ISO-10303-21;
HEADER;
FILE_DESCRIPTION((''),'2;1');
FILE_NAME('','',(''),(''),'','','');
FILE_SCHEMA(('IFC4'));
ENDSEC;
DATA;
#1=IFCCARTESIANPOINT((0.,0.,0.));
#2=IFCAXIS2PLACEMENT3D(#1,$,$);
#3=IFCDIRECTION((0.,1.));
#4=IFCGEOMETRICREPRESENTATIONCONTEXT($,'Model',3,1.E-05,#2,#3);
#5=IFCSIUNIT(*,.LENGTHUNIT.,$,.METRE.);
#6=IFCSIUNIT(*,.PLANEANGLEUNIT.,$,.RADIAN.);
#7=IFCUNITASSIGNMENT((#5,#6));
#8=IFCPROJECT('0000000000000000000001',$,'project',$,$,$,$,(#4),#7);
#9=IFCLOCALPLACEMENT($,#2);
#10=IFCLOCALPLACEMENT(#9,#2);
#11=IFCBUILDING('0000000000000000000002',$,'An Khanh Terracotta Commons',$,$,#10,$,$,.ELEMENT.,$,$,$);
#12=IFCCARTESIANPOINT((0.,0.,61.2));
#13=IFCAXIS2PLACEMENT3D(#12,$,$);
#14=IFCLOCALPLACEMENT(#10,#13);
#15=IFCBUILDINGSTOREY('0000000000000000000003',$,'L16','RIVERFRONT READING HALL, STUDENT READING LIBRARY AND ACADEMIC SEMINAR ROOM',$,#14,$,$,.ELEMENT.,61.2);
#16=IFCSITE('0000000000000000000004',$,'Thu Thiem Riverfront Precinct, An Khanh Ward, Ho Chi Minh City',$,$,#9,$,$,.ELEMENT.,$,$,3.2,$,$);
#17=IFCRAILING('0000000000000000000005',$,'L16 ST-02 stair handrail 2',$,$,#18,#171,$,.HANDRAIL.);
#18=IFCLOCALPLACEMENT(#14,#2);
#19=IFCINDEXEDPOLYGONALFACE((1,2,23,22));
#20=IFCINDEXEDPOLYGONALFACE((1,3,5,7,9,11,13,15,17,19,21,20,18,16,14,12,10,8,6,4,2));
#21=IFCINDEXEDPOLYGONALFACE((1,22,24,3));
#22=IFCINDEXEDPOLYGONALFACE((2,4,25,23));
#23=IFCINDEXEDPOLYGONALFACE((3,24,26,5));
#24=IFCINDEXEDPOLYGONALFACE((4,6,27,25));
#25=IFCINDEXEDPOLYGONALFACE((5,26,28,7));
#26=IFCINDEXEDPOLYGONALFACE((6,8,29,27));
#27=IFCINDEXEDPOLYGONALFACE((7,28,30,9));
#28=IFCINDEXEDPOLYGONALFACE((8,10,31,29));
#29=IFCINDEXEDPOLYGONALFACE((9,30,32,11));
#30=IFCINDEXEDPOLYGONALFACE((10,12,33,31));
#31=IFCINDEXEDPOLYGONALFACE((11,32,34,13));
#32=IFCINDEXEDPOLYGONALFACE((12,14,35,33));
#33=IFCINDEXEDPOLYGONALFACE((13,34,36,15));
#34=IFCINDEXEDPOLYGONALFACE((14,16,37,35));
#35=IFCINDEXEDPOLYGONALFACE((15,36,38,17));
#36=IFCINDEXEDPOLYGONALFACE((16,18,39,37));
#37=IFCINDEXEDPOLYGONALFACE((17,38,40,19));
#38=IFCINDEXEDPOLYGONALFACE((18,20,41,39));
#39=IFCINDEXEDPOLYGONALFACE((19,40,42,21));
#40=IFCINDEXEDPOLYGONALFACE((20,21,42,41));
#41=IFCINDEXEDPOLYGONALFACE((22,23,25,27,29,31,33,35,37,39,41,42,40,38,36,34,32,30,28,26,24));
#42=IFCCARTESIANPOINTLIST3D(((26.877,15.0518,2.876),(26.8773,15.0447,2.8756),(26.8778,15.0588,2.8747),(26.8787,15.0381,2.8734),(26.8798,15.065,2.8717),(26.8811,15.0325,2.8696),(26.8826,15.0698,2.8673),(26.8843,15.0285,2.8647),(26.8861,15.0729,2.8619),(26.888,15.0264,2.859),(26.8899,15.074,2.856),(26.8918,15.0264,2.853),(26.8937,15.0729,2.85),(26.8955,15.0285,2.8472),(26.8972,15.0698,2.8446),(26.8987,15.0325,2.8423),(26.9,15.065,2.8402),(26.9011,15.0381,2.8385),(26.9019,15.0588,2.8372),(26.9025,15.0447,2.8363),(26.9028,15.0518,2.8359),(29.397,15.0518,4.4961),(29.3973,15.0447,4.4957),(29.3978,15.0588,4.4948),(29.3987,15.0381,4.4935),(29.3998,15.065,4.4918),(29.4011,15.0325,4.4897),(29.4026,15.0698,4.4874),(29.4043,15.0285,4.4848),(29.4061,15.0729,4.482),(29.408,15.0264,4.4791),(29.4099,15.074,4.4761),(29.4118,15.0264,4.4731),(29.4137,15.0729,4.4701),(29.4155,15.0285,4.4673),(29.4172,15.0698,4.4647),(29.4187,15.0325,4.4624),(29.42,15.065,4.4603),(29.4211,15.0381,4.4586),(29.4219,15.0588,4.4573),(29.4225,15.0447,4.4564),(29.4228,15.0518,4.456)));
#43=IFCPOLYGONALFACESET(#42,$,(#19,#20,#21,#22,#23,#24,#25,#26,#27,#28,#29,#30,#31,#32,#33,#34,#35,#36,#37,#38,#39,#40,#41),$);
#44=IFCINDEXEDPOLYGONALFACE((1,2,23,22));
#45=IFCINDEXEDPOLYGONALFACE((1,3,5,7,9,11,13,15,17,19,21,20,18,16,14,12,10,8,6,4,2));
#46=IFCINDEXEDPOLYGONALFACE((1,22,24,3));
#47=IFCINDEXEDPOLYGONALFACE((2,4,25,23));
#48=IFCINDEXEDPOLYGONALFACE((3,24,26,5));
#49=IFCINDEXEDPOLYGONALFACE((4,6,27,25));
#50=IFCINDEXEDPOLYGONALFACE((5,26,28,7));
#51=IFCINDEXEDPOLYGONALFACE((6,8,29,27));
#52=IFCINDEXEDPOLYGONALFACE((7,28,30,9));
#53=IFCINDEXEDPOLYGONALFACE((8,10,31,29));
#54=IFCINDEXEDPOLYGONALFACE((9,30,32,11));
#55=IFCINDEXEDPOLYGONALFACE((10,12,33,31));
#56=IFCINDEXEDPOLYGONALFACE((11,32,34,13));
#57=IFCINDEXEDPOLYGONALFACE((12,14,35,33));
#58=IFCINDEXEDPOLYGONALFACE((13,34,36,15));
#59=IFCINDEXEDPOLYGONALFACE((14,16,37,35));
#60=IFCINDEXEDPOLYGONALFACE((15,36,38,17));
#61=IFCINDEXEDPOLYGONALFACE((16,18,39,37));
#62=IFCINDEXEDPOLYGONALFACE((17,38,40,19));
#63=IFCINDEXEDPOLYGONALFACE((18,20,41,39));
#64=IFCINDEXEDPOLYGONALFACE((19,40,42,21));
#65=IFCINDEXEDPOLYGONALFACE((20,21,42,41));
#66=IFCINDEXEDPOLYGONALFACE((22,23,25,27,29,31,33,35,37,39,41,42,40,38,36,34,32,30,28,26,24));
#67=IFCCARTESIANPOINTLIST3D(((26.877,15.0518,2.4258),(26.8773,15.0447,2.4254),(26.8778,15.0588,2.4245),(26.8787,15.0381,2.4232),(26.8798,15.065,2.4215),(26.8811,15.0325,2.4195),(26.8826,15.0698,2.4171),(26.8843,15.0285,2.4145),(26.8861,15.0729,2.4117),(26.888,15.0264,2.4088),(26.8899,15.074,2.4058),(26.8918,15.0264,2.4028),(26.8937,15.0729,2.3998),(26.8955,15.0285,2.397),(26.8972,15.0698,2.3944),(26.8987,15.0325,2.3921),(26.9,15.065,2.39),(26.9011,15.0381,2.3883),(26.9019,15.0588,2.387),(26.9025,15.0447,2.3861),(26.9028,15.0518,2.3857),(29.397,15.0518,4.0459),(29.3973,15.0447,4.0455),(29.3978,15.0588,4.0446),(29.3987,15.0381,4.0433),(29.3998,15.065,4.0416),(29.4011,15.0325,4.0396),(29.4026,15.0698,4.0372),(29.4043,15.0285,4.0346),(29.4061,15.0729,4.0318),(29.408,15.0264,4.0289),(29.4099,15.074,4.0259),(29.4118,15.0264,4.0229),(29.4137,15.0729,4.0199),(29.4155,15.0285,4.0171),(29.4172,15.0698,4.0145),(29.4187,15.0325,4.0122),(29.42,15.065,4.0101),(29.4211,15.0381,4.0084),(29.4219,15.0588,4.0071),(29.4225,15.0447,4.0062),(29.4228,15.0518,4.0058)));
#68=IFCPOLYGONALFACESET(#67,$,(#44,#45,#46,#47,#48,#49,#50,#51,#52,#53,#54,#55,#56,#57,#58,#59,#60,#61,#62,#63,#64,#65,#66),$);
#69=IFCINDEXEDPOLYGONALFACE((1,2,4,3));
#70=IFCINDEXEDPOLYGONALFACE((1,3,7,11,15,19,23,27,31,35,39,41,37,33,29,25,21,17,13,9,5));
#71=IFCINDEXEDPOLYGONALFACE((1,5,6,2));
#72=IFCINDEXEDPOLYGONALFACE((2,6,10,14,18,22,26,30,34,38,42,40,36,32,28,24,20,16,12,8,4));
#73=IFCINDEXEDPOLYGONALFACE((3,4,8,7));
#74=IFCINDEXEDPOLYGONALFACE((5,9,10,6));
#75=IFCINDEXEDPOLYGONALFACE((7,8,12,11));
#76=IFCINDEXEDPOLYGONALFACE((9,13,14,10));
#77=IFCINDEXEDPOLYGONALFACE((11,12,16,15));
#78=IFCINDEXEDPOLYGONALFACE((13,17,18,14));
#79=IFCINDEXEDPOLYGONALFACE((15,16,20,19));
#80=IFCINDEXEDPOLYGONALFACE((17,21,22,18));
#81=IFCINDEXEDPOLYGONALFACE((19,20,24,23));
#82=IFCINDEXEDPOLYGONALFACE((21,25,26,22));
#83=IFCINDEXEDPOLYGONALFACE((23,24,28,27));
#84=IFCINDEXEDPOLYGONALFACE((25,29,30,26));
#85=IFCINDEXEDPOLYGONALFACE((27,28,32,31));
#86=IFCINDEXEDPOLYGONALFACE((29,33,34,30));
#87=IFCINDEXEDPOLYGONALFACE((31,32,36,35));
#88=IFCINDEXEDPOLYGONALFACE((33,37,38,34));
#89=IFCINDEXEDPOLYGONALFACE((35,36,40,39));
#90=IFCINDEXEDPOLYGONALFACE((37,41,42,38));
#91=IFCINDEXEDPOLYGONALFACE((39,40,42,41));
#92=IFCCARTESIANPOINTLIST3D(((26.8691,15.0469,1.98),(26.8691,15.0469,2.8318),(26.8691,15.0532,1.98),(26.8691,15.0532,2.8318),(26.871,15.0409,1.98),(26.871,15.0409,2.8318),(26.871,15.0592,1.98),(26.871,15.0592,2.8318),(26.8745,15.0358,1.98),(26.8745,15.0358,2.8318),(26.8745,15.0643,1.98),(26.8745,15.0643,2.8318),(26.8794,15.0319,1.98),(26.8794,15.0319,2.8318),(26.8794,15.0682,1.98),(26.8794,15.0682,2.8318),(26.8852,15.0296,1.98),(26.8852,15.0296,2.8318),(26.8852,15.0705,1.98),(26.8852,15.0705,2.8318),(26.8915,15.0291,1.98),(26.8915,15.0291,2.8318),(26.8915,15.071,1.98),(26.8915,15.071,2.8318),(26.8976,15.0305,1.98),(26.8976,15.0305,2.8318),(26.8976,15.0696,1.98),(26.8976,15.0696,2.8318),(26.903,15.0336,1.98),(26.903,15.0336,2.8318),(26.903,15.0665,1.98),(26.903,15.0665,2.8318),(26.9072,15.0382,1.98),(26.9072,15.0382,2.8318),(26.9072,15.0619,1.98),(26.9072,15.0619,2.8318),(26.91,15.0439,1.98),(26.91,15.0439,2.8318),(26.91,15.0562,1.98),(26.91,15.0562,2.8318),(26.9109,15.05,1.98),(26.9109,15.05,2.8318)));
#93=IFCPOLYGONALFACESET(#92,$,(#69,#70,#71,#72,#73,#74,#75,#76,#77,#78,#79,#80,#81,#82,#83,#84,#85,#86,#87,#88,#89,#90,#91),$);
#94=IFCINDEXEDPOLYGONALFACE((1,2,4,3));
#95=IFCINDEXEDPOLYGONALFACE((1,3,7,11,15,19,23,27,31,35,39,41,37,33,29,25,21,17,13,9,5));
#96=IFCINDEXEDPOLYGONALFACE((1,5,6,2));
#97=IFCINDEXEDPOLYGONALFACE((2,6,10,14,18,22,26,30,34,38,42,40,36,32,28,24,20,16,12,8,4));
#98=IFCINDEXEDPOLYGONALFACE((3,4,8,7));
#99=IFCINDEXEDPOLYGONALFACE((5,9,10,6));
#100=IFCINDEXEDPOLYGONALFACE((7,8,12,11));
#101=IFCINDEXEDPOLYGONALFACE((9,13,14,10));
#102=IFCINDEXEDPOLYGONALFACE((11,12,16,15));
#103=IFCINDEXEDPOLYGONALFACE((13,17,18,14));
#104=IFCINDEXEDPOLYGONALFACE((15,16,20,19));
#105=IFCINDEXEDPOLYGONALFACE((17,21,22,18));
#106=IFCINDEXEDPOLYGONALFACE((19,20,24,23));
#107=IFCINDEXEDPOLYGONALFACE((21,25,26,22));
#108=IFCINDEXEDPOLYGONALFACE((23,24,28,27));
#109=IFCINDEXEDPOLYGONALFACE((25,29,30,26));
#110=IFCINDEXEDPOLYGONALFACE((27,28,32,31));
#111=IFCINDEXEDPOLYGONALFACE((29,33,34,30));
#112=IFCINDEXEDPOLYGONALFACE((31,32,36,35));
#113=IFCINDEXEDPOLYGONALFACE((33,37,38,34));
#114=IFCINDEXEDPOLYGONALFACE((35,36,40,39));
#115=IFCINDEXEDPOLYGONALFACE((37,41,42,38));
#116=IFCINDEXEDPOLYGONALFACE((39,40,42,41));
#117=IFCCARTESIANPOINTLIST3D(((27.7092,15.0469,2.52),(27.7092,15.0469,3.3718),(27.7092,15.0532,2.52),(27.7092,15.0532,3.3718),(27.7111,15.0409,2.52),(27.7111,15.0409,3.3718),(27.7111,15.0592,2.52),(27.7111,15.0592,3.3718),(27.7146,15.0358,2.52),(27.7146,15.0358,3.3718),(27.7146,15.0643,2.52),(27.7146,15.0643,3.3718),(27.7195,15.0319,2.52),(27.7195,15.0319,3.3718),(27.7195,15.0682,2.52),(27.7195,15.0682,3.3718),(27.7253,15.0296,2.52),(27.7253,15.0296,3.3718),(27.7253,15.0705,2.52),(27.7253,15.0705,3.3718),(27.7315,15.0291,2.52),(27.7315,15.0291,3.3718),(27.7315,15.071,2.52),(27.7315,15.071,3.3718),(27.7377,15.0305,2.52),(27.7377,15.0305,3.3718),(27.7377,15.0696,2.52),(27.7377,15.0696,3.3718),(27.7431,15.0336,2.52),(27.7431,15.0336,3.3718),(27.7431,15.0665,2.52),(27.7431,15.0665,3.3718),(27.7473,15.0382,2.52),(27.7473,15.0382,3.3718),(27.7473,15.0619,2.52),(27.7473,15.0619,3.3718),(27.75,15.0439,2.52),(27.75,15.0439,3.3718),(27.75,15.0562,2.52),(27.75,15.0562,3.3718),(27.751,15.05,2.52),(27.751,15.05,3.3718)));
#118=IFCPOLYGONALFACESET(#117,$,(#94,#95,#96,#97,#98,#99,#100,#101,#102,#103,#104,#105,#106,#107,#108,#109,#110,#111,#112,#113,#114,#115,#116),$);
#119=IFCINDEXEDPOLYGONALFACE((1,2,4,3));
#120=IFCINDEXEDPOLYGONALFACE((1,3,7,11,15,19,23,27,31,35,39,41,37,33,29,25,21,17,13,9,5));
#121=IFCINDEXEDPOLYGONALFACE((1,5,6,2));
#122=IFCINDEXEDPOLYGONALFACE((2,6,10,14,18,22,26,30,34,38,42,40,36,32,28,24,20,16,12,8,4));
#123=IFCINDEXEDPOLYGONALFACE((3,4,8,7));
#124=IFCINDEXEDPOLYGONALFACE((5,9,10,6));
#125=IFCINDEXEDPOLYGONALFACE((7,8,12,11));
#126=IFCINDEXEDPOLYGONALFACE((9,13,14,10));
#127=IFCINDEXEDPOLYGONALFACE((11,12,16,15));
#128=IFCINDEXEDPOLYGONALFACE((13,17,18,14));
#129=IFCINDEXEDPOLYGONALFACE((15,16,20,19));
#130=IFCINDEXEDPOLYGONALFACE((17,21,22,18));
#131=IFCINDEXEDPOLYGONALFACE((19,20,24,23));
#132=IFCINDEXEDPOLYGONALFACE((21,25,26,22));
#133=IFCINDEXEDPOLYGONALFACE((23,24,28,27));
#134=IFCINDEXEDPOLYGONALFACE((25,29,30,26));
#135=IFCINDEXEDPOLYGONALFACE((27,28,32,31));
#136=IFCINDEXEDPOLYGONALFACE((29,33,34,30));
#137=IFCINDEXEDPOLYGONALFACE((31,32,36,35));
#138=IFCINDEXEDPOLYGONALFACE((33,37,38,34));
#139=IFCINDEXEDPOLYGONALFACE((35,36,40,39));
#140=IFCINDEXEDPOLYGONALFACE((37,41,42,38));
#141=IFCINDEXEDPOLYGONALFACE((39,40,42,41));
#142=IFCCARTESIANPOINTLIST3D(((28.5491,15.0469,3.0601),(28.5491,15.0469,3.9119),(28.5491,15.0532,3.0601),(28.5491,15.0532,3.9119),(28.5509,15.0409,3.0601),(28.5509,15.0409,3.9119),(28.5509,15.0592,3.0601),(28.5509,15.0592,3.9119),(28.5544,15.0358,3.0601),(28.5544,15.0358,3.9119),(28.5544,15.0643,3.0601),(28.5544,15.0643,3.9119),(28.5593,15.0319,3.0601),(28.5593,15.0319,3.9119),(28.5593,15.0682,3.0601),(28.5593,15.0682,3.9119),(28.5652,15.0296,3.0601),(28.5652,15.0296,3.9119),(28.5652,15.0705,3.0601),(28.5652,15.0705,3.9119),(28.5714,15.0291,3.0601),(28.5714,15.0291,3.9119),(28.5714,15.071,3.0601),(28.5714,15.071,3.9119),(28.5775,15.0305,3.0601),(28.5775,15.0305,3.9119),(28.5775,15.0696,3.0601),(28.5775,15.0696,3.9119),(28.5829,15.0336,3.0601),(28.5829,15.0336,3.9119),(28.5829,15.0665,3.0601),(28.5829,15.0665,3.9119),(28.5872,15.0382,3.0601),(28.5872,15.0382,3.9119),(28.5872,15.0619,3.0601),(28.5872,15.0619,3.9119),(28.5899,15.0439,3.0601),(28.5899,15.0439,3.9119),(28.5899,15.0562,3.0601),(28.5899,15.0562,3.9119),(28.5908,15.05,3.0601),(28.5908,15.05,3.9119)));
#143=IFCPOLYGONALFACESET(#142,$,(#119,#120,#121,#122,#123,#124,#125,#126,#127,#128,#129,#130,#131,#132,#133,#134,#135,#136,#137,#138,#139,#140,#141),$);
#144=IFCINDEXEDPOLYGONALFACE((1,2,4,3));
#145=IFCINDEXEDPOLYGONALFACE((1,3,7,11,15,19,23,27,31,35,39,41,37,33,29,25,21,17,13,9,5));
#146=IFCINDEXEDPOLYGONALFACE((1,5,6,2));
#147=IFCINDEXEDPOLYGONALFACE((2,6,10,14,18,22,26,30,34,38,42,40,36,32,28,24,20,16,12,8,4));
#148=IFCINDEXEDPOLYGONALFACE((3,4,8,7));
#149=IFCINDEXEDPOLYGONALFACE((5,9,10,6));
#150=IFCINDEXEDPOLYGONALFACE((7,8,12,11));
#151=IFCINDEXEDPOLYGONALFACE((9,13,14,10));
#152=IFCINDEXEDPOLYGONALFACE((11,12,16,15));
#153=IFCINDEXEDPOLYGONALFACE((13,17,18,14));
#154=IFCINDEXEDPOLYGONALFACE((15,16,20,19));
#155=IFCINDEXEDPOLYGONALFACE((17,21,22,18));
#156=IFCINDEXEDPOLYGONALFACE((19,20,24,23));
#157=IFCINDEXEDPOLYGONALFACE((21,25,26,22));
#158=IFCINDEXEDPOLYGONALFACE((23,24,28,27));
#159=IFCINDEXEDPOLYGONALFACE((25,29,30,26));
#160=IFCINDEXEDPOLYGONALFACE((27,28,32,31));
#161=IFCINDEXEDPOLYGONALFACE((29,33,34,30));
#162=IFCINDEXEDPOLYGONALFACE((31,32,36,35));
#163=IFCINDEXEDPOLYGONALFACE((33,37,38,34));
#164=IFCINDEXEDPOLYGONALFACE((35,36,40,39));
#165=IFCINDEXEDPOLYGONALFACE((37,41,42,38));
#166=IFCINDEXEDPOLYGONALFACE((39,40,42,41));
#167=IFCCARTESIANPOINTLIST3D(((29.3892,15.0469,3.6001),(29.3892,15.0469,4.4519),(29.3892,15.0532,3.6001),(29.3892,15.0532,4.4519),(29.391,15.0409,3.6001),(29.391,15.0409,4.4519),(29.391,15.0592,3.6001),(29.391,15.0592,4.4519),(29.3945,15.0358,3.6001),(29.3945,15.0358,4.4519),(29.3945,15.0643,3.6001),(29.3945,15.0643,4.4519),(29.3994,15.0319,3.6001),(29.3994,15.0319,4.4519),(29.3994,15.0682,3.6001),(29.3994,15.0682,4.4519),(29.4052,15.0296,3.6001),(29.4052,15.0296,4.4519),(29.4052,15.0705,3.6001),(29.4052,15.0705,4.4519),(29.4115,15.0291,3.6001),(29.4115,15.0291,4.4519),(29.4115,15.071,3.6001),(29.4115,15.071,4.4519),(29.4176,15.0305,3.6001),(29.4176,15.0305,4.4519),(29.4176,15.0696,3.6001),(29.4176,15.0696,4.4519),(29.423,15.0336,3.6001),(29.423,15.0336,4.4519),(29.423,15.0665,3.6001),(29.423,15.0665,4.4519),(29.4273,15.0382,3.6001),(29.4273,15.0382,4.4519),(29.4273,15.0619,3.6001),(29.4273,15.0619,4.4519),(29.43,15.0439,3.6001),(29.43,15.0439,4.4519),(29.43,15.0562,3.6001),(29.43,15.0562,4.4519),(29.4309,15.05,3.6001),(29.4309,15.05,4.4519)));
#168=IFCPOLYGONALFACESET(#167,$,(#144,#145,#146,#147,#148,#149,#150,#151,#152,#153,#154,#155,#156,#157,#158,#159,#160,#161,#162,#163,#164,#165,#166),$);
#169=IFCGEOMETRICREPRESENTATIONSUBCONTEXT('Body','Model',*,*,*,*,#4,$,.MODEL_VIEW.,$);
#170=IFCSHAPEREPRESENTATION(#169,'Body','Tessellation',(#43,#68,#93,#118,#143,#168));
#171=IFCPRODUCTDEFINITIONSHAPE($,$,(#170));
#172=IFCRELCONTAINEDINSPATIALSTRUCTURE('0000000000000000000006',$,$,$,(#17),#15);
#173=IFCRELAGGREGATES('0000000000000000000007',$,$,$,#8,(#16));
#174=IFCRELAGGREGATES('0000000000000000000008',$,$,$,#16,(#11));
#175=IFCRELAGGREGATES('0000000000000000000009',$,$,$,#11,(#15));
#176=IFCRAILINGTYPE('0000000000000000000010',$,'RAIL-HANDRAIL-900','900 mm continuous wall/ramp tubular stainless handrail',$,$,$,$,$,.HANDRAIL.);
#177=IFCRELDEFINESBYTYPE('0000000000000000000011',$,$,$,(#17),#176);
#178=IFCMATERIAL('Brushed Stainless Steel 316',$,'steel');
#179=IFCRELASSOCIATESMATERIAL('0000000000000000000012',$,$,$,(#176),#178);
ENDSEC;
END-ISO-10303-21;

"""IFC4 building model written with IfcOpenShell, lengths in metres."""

from ifc_helpers import new_model, si_unit, direction, frame, origin, origin_2d, place, context, subcontext, project, spatial, circle, extrude, material, type_object, element, save


model = new_model("IFC4")

# Units and contexts
model_context = context("Model", 3, precision=1e-05, world=origin(), true_north=direction((0.0, 1.0)))
body_context = subcontext(model_context, "Body", "Model", "MODEL_VIEW")
ifc_project = project(units=[si_unit("LENGTHUNIT", "METRE"), si_unit("PLANEANGLEUNIT", "RADIAN")], contexts=[model_context])

# Site, building, storey
site_placement = place(None, origin())
site = spatial("IfcSite", under=ifc_project, at=site_placement, Name="Thu Thiem Riverfront Precinct, An Khanh Ward, Ho Chi Minh City", CompositionType="ELEMENT", RefElevation=3.2)
building_placement = place(site_placement, origin())
building = spatial("IfcBuilding", under=site, at=building_placement, Name="An Khanh Terracotta Commons", CompositionType="ELEMENT")
storey_placement = place(building_placement, frame((0.0, 0.0, 61.2)))
storey = spatial("IfcBuildingStorey", under=building, at=storey_placement, Name="L16", Description="RIVERFRONT READING HALL, STUDENT READING LIBRARY AND ACADEMIC SEMINAR ROOM", CompositionType="ELEMENT", Elevation=61.2)

# Railing
ifc_material_1 = material(Name="Brushed Stainless Steel 316", Category="steel")
railing_type_1 = type_object("IfcRailingType", Name="RAIL-HANDRAIL-900", Description="900 mm continuous wall/ramp tubular stainless handrail", PredefinedType="HANDRAIL", material=ifc_material_1)
railing_1_placement = place(storey_placement, frame((26.8899, 15.05, 1.98)))
element("IfcRailing", 1, at=railing_1_placement, inside=storey, type_object=railing_type_1, Name="L16 ST-02 stair handrail 2", PredefinedType="HANDRAIL", context=body_context, shape_type="SweptSolid", body=[
    extrude(circle(Radius=0.0239, at=origin_2d()), frame((0.0, 0.0, 0.876), z_axis=(0.841163, 0.0, 0.540782), x_axis=(0.0, 1.0, 0.0)), (0.0, 0.0, 1.0), 2.9958),
    extrude(circle(Radius=0.0239, at=origin_2d()), frame((0.0, 0.0, 0.4258), z_axis=(0.841163, 0.0, 0.540782), x_axis=(0.0, 1.0, 0.0)), (0.0, 0.0, 1.0), 2.9958),
    extrude(circle(Radius=0.021, at=origin_2d()), origin(), (0.0, 0.0, 1.0), 0.8518),
    extrude(circle(Radius=0.021, at=origin_2d()), frame((0.8401, 0.0, 0.54)), (0.0, 0.0, 1.0), 0.8518),
    extrude(circle(Radius=0.021, at=origin_2d()), frame((1.6799, 0.0, 1.0801)), (0.0, 0.0, 1.0), 0.8518),
    extrude(circle(Radius=0.021, at=origin_2d()), frame((2.52, 0.0, 1.6201)), (0.0, 0.0, 1.0), 0.8518),
])

save(model, "model.ifc")
